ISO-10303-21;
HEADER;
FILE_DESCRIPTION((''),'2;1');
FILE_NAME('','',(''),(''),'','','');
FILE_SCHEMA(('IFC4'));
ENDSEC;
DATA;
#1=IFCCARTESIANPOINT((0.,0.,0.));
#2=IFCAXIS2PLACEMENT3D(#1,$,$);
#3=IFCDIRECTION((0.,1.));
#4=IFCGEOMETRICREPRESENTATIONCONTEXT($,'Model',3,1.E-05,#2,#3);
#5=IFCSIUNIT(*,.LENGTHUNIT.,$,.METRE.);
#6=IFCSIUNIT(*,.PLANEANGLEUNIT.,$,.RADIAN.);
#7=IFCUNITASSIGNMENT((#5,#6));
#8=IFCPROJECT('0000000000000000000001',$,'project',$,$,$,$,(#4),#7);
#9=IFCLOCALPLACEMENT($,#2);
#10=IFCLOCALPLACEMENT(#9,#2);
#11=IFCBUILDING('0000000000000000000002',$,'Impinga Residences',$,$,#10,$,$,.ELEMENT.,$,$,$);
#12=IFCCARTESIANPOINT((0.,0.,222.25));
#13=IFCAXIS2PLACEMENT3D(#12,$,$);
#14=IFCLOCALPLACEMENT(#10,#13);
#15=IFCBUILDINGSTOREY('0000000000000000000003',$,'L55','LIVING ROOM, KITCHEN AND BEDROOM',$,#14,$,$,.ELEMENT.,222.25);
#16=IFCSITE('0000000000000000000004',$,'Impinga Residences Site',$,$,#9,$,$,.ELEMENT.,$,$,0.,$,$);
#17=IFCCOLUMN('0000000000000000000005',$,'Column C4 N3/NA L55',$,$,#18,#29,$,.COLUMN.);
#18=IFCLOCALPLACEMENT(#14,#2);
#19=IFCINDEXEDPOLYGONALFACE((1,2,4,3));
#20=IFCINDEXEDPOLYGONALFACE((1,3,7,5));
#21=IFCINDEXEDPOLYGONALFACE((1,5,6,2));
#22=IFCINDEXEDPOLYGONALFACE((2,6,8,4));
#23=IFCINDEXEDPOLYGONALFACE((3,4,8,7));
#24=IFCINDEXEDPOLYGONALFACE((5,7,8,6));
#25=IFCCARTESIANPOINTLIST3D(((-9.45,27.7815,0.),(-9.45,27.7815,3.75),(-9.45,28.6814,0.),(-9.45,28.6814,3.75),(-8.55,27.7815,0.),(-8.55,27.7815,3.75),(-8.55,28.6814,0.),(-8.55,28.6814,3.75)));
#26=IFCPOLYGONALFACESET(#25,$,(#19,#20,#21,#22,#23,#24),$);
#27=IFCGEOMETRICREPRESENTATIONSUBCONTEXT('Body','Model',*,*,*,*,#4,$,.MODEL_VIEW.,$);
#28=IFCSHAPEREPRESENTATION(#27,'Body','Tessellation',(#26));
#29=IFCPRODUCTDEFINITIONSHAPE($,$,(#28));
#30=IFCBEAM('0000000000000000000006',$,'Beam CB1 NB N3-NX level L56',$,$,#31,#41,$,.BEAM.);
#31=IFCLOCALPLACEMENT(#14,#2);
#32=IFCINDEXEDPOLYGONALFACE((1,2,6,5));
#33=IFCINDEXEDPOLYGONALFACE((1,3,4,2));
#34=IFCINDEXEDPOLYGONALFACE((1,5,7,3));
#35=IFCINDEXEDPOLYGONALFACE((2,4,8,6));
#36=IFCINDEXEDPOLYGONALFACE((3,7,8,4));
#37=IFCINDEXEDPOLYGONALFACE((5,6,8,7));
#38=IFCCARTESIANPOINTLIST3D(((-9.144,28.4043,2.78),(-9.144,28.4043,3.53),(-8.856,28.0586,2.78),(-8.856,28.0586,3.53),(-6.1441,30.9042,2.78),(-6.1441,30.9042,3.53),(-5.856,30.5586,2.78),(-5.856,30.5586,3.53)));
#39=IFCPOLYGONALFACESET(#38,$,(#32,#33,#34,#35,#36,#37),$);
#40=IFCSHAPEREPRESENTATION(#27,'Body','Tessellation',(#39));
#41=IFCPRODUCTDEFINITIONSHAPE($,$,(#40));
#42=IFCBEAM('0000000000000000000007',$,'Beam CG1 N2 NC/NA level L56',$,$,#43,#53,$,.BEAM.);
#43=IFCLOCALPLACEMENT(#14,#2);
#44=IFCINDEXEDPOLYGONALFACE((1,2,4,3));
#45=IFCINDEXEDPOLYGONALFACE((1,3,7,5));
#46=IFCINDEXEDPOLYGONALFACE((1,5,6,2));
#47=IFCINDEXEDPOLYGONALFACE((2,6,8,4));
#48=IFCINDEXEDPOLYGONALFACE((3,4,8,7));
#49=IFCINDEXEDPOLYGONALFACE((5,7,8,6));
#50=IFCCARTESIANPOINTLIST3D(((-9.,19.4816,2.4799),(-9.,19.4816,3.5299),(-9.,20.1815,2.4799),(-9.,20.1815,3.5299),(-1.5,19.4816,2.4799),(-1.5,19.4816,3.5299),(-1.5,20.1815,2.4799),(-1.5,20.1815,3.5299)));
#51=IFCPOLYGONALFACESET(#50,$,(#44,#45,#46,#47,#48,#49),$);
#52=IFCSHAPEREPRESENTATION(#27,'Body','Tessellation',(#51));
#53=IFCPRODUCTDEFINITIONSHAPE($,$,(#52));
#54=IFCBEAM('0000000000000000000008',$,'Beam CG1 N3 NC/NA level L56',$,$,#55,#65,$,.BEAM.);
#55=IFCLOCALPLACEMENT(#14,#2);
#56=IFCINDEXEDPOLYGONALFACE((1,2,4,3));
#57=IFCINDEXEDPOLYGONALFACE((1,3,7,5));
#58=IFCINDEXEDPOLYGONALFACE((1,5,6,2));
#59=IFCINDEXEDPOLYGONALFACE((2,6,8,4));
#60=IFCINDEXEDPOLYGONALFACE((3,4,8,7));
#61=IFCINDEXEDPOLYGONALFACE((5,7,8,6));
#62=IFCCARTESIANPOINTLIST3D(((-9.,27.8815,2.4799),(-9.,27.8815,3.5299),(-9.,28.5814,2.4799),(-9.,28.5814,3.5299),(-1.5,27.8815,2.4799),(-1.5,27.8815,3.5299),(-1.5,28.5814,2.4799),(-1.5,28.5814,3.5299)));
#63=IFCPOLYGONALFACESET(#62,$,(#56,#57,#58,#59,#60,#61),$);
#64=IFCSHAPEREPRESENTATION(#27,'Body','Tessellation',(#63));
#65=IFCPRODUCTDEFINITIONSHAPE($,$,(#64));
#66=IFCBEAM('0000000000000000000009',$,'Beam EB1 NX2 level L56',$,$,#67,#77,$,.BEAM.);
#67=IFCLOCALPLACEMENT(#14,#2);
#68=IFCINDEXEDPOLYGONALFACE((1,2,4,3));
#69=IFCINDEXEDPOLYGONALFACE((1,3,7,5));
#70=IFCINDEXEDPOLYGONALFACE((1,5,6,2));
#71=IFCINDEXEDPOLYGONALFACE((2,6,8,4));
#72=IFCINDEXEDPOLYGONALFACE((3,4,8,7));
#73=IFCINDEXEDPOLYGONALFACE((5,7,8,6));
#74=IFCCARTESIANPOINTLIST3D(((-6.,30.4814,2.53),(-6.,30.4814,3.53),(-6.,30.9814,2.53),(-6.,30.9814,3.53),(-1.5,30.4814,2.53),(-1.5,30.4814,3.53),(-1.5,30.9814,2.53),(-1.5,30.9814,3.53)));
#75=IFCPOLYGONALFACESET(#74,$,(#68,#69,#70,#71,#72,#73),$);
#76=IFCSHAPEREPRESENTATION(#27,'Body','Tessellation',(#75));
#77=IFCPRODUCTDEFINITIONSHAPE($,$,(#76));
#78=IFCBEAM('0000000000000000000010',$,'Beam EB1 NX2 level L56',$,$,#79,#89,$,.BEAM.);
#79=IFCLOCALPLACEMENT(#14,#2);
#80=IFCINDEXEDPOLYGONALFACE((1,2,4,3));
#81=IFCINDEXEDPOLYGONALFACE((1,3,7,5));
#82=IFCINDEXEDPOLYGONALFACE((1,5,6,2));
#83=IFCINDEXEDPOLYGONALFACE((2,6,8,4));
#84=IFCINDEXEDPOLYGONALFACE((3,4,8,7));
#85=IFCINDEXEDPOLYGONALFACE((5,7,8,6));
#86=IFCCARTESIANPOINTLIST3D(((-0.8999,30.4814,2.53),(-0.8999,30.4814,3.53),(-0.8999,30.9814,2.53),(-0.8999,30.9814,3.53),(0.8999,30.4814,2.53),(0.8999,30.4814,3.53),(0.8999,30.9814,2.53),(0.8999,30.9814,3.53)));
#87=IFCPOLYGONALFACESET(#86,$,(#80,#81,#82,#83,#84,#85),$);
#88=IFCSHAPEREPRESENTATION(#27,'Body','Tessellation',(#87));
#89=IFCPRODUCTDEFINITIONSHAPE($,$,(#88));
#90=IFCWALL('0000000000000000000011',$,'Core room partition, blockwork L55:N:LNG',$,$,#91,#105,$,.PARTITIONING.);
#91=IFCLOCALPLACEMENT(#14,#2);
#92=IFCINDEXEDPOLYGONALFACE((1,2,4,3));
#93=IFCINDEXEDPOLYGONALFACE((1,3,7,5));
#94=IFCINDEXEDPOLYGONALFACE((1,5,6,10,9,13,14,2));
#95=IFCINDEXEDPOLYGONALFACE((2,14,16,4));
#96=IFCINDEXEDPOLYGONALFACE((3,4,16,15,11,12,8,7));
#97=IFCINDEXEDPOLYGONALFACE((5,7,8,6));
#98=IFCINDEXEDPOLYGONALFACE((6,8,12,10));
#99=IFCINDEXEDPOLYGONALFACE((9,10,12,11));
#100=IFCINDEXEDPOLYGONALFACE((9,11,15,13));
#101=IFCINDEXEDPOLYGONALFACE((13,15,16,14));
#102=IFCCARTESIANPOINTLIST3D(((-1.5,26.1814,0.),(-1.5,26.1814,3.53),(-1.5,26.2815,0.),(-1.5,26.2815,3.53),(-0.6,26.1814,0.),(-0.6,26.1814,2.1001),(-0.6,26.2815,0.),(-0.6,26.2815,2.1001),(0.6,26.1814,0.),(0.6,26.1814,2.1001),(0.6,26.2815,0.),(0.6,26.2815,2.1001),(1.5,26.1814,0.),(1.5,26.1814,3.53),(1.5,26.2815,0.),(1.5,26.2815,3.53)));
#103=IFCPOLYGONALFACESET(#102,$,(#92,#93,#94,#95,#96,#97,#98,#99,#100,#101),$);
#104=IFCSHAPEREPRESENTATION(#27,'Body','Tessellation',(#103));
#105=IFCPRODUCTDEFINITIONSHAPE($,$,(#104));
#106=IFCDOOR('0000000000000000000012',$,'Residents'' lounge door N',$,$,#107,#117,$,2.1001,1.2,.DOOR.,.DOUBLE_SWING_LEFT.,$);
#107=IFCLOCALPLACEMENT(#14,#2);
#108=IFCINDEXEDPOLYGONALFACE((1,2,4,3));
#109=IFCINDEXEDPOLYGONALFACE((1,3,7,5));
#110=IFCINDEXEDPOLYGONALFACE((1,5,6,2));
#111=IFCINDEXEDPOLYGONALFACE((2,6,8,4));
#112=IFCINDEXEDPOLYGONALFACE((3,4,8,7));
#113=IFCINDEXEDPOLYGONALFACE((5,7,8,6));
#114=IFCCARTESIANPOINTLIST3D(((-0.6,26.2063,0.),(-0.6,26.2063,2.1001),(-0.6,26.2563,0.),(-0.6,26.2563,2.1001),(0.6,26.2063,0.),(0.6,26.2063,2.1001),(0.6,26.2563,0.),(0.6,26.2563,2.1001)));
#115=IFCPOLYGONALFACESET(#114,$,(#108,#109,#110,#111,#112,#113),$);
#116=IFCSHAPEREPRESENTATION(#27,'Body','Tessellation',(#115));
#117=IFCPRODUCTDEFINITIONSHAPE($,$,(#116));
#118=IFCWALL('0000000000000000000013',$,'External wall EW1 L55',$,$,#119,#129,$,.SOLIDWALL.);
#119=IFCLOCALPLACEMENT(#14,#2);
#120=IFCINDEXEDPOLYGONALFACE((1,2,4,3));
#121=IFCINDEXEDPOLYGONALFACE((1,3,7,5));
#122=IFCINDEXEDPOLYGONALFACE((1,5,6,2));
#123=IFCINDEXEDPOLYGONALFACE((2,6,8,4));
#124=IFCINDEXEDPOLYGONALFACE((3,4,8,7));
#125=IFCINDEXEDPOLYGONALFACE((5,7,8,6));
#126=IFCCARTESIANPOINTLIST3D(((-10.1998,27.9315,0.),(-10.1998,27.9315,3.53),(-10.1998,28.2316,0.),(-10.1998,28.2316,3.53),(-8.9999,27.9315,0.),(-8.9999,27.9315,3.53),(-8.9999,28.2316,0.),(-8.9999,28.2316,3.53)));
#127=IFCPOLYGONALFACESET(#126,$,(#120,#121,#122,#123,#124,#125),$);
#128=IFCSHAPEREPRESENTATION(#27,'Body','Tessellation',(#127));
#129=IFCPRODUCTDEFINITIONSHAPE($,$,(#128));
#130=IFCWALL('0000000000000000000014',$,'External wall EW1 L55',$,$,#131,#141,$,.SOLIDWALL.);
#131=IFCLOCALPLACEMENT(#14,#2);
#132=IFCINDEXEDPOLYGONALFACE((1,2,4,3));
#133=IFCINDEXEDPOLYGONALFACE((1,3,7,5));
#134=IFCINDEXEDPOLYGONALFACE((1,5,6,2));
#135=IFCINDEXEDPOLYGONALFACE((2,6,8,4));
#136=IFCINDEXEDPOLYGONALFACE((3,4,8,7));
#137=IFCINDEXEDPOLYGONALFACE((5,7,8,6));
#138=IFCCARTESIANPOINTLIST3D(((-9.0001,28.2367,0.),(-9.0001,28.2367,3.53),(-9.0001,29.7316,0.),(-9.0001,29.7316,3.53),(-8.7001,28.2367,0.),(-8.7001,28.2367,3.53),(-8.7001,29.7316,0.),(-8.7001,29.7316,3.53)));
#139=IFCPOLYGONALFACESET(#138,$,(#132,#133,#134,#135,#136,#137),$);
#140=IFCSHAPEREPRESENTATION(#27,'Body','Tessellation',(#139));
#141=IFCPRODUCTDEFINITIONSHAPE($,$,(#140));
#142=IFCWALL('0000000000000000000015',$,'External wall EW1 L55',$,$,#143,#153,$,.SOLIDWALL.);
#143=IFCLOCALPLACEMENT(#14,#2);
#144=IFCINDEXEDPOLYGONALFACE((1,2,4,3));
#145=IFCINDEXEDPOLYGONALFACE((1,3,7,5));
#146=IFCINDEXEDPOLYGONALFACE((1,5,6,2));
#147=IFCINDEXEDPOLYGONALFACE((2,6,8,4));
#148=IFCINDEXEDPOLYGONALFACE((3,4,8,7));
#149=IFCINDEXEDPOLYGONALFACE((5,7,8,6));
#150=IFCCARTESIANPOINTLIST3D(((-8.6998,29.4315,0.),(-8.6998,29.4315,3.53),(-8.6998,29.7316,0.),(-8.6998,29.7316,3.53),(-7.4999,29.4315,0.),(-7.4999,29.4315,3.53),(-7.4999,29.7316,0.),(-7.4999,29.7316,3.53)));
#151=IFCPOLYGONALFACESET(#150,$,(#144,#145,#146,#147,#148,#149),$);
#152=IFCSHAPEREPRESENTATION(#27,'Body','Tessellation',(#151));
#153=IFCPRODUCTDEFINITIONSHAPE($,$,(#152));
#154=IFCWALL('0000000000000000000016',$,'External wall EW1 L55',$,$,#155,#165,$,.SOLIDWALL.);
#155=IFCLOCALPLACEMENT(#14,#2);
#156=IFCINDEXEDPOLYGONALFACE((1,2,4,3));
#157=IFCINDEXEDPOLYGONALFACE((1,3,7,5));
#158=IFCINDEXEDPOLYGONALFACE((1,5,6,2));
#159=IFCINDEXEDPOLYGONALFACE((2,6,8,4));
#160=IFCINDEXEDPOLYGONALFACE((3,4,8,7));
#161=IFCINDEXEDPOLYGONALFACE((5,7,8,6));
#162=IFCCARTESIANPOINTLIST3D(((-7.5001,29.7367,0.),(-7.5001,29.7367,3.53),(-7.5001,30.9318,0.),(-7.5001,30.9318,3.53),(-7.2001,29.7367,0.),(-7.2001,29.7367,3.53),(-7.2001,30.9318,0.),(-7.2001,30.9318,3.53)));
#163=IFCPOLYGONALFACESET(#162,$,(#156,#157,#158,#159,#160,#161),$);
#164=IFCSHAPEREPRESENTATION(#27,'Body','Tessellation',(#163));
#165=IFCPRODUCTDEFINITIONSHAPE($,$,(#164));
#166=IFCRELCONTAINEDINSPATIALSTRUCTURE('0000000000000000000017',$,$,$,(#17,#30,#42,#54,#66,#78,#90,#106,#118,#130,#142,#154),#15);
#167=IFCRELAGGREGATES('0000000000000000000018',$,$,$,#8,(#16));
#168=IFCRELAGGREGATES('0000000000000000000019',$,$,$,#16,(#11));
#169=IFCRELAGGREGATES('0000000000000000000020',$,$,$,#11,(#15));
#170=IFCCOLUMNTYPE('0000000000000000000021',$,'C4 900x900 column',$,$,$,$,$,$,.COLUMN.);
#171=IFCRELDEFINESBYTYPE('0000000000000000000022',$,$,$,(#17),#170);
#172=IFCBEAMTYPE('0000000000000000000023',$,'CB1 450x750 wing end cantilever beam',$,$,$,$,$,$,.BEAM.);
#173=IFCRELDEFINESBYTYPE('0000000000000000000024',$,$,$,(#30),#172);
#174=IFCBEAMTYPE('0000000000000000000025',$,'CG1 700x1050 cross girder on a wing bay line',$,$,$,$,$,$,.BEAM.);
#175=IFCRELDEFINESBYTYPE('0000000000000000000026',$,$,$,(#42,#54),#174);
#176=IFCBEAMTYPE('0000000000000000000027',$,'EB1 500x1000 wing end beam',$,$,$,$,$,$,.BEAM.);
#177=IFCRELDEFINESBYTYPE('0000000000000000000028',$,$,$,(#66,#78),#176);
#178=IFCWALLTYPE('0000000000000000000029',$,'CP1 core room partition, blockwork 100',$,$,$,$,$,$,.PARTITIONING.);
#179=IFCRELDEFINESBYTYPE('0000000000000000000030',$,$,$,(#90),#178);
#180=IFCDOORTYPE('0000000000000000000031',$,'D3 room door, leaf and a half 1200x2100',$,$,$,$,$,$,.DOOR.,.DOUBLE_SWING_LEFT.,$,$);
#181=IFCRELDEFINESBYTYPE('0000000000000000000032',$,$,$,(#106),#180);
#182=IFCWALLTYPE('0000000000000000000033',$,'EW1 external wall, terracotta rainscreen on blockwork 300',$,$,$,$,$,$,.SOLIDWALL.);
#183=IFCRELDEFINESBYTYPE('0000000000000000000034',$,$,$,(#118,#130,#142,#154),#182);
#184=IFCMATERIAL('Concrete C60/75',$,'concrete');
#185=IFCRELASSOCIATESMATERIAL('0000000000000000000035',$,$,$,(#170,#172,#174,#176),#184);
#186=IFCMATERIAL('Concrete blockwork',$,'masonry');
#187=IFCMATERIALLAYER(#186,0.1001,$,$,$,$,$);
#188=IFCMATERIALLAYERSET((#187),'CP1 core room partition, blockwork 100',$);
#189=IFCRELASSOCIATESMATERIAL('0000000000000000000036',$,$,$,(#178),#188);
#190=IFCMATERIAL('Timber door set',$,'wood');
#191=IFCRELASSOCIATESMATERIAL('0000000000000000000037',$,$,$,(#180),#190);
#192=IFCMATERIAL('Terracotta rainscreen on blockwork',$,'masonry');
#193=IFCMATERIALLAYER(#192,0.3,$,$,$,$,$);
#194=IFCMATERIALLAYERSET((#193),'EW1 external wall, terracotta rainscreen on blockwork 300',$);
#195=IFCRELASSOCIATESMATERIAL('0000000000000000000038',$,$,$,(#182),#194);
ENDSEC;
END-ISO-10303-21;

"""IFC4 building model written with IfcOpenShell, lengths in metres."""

from ifc_helpers import new_model, si_unit, direction, frame, frame_2d, origin, origin_2d, place, context, subcontext, project, spatial, rectangle, extrude, material, layer, layer_set, material_profile, profile_set, type_object, element, fill, save


model = new_model("IFC4")

# Units and contexts
model_context = context("Model", 3, precision=1e-05, world=origin(), true_north=direction((0.0, 1.0)))
body_context = subcontext(model_context, "Body", "Model", "MODEL_VIEW")
ifc_project = project(units=[si_unit("LENGTHUNIT", "METRE"), si_unit("PLANEANGLEUNIT", "RADIAN")], contexts=[model_context])

# Site, building, storey
site_placement = place(None, origin())
site = spatial("IfcSite", under=ifc_project, at=site_placement, Name="Impinga Residences Site", CompositionType="ELEMENT", RefElevation=0.0)
building_placement = place(site_placement, origin())
building = spatial("IfcBuilding", under=site, at=building_placement, Name="Impinga Residences", CompositionType="ELEMENT")
storey_placement = place(building_placement, frame((0.0, 0.0, 222.25)))
storey = spatial("IfcBuildingStorey", under=building, at=storey_placement, Name="L55", Description="LIVING ROOM, KITCHEN AND BEDROOM", CompositionType="ELEMENT", Elevation=222.25)

# Column
ifc_material_1 = material(Name="Concrete C60/75", Category="concrete")
ifc_material_profile_1 = material_profile(ifc_material_1, rectangle(XDim=0.8999, YDim=0.8999, at=origin_2d()), Name="RC 900x900")
ifc_profile_set_1 = profile_set([ifc_material_profile_1], Name="Concrete C60/75")
column_type = type_object("IfcColumnType", Name="C4 900x900 column", PredefinedType="COLUMN", material=ifc_profile_set_1)
column_placement = place(storey_placement, frame((-9.0, 28.2314, 0.0), z_axis=(0.0, 0.0, 1.0), x_axis=(1.0, 0.0, 0.0)))
element("IfcColumn", 1, at=column_placement, inside=storey, type_object=column_type, Name="Column C4 N3/NA L55", PredefinedType="COLUMN", context=body_context, shape_type="SweptSolid", body=[
    extrude(rectangle(XDim=0.8999, YDim=0.8999, at=origin_2d()), origin(), (0.0, 0.0, 1.0), 3.75),
])

# Beams
ifc_material_profile_2 = material_profile(ifc_material_1, rectangle(XDim=0.45, YDim=0.75, at=origin_2d()), Name="RC 450x750")
ifc_profile_set_2 = profile_set([ifc_material_profile_2], Name="Concrete C60/75")
beam_type_1 = type_object("IfcBeamType", Name="CB1 450x750 wing end cantilever beam", PredefinedType="BEAM", material=ifc_profile_set_2)
beam_1_placement = place(storey_placement, frame((-9.0, 28.2314, 3.155), z_axis=(0.768221, 0.640184, 0.0), x_axis=(-0.640184, 0.768221, 0.0)))
element("IfcBeam", 2, at=beam_1_placement, inside=storey, type_object=beam_type_1, Name="Beam CB1 NB N3-NX level L56", PredefinedType="BEAM", context=body_context, shape_type="SweptSolid", body=[
    extrude(rectangle(XDim=0.45, YDim=0.75, at=origin_2d()), origin(), (0.0, 0.0, 1.0), 3.905),
])
ifc_material_profile_3 = material_profile(ifc_material_1, rectangle(XDim=0.7, YDim=1.05, at=origin_2d()), Name="RC 700x1050")
ifc_profile_set_3 = profile_set([ifc_material_profile_3], Name="Concrete C60/75")
beam_type_2 = type_object("IfcBeamType", Name="CG1 700x1050 cross girder on a wing bay line", PredefinedType="BEAM", material=ifc_profile_set_3)
for number, where, z_axis, x_axis, name in (
    (3, (-1.5, 19.8315, 3.0049), (-1.0, 0.0, 0.0), (0.0, -1.0, 0.0), "Beam CG1 N2 NC/NA level L56"),
    (4, (-1.5, 28.2314, 3.0049), (-1.0, 0.0, 0.0), (0.0, -1.0, 0.0), "Beam CG1 N3 NC/NA level L56"),
):
    element("IfcBeam", number, at=place(storey_placement, frame(where, z_axis=z_axis, x_axis=x_axis)), inside=storey, type_object=beam_type_2, Name=name, PredefinedType="BEAM", context=body_context, shape_type="SweptSolid", body=[
        extrude(rectangle(XDim=0.7, YDim=1.05, at=origin_2d()), origin(), (0.0, 0.0, 1.0), 7.5),
    ])
ifc_material_profile_4 = material_profile(ifc_material_1, rectangle(XDim=0.5, YDim=1.0, at=origin_2d()), Name="RC 500x1000")
ifc_profile_set_4 = profile_set([ifc_material_profile_4], Name="Concrete C60/75")
beam_type_3 = type_object("IfcBeamType", Name="EB1 500x1000 wing end beam", PredefinedType="BEAM", material=ifc_profile_set_4)
beam_2_placement = place(storey_placement, frame((-6.0, 30.7314, 3.03), z_axis=(1.0, 0.0, 0.0), x_axis=(0.0, 1.0, 0.0)))
element("IfcBeam", 5, at=beam_2_placement, inside=storey, type_object=beam_type_3, Name="Beam EB1 NX2 level L56", PredefinedType="BEAM", context=body_context, shape_type="SweptSolid", body=[
    extrude(rectangle(XDim=0.5, YDim=1.0, at=origin_2d()), origin(), (0.0, 0.0, 1.0), 4.5),
])
beam_3_placement = place(storey_placement, frame((-0.8999, 30.7314, 3.03), z_axis=(1.0, 0.0, 0.0), x_axis=(0.0, 1.0, 0.0)))
element("IfcBeam", 6, at=beam_3_placement, inside=storey, type_object=beam_type_3, Name="Beam EB1 NX2 level L56", PredefinedType="BEAM", context=body_context, shape_type="SweptSolid", body=[
    extrude(rectangle(XDim=0.5, YDim=1.0, at=origin_2d()), origin(), (0.0, 0.0, 1.0), 1.7998),
])

# Wall, opening, door
ifc_material_2 = material(Name="Concrete blockwork", Category="masonry")
ifc_layer_1 = layer(ifc_material_2, 0.1001)
ifc_layer_set_1 = layer_set([ifc_layer_1], Name="CP1 core room partition, blockwork 100")
wall_type_1 = type_object("IfcWallType", Name="CP1 core room partition, blockwork 100", PredefinedType="PARTITIONING", material=ifc_layer_set_1)
wall_1_placement = place(storey_placement, frame((-1.5, 26.2314, 0.0), z_axis=(0.0, 0.0, 1.0), x_axis=(1.0, 0.0, 0.0)))
wall_1 = element("IfcWall", 7, at=wall_1_placement, inside=storey, type_object=wall_type_1, Name="Core room partition, blockwork L55:N:LNG", PredefinedType="PARTITIONING", context=body_context, shape_type="SweptSolid", body=[
    extrude(rectangle(XDim=3.0, YDim=0.1001, at=frame_2d((1.5, 0.0))), origin(), (0.0, 0.0, 1.0), 3.53),
])
opening_1_placement = place(wall_1_placement, frame((0.8999, 0.0, 0.0)))
opening_1 = element("IfcOpeningElement", 8, at=opening_1_placement, cuts=wall_1, PredefinedType="OPENING", context=body_context, shape_type="SweptSolid", body=[
    extrude(rectangle(XDim=1.2, YDim=2.1001, at=frame_2d((0.6001, 1.05))), frame((0.0, 0.0601, 0.0), z_axis=(0.0, -1.0, 0.0), x_axis=(1.0, 0.0, 0.0)), (0.0, 0.0, 1.0), 0.1201),
])
ifc_material_3 = material(Name="Timber door set", Category="wood")
door_type_1 = type_object("IfcDoorType", Name="D3 room door, leaf and a half 1200x2100", OperationType="DOUBLE_SWING_LEFT", PredefinedType="DOOR", material=ifc_material_3)
door_1_placement = place(opening_1_placement, origin())
door_1 = element("IfcDoor", 9, at=door_1_placement, inside=storey, type_object=door_type_1, Name="Residents' lounge door N", OperationType="DOUBLE_SWING_LEFT", OverallHeight=2.1001, OverallWidth=1.2, PredefinedType="DOOR", context=body_context, shape_type="SweptSolid", body=[
    extrude(rectangle(XDim=1.2, YDim=2.1001, at=frame_2d((0.6001, 1.05))), frame((0.0, 0.0249, 0.0), z_axis=(0.0, -1.0, 0.0), x_axis=(1.0, 0.0, 0.0)), (0.0, 0.0, 1.0), 0.05),
])
fill(opening_1, door_1)

# Walls
ifc_material_4 = material(Name="Terracotta rainscreen on blockwork", Category="masonry")
ifc_layer_2 = layer(ifc_material_4, 0.3)
ifc_layer_set_2 = layer_set([ifc_layer_2], Name="EW1 external wall, terracotta rainscreen on blockwork 300")
wall_type_2 = type_object("IfcWallType", Name="EW1 external wall, terracotta rainscreen on blockwork 300", PredefinedType="SOLIDWALL", material=ifc_layer_set_2)
wall_2_placement = place(storey_placement, frame((-10.2, 28.0815, 0.0), z_axis=(0.0, 0.0, 1.0), x_axis=(1.0, 0.0, 0.0)))
element("IfcWall", 10, at=wall_2_placement, inside=storey, type_object=wall_type_2, Name="External wall EW1 L55", PredefinedType="SOLIDWALL", context=body_context, shape_type="SweptSolid", body=[
    extrude(rectangle(XDim=1.2, YDim=0.3, at=frame_2d((0.6001, 0.0))), origin(), (0.0, 0.0, 1.0), 3.53),
])
wall_3_placement = place(storey_placement, frame((-8.8501, 28.2366, 0.0), z_axis=(0.0, 0.0, 1.0), x_axis=(0.0, 1.0, 0.0)))
element("IfcWall", 11, at=wall_3_placement, inside=storey, type_object=wall_type_2, Name="External wall EW1 L55", PredefinedType="SOLIDWALL", context=body_context, shape_type="SweptSolid", body=[
    extrude(rectangle(XDim=1.4949, YDim=0.3, at=frame_2d((0.7476, 0.0))), origin(), (0.0, 0.0, 1.0), 3.53),
])
wall_4_placement = place(storey_placement, frame((-8.7, 29.5815, 0.0), z_axis=(0.0, 0.0, 1.0), x_axis=(1.0, 0.0, 0.0)))
element("IfcWall", 12, at=wall_4_placement, inside=storey, type_object=wall_type_2, Name="External wall EW1 L55", PredefinedType="SOLIDWALL", context=body_context, shape_type="SweptSolid", body=[
    extrude(rectangle(XDim=1.2, YDim=0.3, at=frame_2d((0.6001, 0.0))), origin(), (0.0, 0.0, 1.0), 3.53),
])
wall_5_placement = place(storey_placement, frame((-7.3501, 29.7366, 0.0), z_axis=(0.0, 0.0, 1.0), x_axis=(0.0, 1.0, 0.0)))
element("IfcWall", 13, at=wall_5_placement, inside=storey, type_object=wall_type_2, Name="External wall EW1 L55", PredefinedType="SOLIDWALL", context=body_context, shape_type="SweptSolid", body=[
    extrude(rectangle(XDim=1.1951, YDim=0.3, at=frame_2d((0.5977, 0.0))), origin(), (0.0, 0.0, 1.0), 3.53),
])

save(model, "model.ifc")
